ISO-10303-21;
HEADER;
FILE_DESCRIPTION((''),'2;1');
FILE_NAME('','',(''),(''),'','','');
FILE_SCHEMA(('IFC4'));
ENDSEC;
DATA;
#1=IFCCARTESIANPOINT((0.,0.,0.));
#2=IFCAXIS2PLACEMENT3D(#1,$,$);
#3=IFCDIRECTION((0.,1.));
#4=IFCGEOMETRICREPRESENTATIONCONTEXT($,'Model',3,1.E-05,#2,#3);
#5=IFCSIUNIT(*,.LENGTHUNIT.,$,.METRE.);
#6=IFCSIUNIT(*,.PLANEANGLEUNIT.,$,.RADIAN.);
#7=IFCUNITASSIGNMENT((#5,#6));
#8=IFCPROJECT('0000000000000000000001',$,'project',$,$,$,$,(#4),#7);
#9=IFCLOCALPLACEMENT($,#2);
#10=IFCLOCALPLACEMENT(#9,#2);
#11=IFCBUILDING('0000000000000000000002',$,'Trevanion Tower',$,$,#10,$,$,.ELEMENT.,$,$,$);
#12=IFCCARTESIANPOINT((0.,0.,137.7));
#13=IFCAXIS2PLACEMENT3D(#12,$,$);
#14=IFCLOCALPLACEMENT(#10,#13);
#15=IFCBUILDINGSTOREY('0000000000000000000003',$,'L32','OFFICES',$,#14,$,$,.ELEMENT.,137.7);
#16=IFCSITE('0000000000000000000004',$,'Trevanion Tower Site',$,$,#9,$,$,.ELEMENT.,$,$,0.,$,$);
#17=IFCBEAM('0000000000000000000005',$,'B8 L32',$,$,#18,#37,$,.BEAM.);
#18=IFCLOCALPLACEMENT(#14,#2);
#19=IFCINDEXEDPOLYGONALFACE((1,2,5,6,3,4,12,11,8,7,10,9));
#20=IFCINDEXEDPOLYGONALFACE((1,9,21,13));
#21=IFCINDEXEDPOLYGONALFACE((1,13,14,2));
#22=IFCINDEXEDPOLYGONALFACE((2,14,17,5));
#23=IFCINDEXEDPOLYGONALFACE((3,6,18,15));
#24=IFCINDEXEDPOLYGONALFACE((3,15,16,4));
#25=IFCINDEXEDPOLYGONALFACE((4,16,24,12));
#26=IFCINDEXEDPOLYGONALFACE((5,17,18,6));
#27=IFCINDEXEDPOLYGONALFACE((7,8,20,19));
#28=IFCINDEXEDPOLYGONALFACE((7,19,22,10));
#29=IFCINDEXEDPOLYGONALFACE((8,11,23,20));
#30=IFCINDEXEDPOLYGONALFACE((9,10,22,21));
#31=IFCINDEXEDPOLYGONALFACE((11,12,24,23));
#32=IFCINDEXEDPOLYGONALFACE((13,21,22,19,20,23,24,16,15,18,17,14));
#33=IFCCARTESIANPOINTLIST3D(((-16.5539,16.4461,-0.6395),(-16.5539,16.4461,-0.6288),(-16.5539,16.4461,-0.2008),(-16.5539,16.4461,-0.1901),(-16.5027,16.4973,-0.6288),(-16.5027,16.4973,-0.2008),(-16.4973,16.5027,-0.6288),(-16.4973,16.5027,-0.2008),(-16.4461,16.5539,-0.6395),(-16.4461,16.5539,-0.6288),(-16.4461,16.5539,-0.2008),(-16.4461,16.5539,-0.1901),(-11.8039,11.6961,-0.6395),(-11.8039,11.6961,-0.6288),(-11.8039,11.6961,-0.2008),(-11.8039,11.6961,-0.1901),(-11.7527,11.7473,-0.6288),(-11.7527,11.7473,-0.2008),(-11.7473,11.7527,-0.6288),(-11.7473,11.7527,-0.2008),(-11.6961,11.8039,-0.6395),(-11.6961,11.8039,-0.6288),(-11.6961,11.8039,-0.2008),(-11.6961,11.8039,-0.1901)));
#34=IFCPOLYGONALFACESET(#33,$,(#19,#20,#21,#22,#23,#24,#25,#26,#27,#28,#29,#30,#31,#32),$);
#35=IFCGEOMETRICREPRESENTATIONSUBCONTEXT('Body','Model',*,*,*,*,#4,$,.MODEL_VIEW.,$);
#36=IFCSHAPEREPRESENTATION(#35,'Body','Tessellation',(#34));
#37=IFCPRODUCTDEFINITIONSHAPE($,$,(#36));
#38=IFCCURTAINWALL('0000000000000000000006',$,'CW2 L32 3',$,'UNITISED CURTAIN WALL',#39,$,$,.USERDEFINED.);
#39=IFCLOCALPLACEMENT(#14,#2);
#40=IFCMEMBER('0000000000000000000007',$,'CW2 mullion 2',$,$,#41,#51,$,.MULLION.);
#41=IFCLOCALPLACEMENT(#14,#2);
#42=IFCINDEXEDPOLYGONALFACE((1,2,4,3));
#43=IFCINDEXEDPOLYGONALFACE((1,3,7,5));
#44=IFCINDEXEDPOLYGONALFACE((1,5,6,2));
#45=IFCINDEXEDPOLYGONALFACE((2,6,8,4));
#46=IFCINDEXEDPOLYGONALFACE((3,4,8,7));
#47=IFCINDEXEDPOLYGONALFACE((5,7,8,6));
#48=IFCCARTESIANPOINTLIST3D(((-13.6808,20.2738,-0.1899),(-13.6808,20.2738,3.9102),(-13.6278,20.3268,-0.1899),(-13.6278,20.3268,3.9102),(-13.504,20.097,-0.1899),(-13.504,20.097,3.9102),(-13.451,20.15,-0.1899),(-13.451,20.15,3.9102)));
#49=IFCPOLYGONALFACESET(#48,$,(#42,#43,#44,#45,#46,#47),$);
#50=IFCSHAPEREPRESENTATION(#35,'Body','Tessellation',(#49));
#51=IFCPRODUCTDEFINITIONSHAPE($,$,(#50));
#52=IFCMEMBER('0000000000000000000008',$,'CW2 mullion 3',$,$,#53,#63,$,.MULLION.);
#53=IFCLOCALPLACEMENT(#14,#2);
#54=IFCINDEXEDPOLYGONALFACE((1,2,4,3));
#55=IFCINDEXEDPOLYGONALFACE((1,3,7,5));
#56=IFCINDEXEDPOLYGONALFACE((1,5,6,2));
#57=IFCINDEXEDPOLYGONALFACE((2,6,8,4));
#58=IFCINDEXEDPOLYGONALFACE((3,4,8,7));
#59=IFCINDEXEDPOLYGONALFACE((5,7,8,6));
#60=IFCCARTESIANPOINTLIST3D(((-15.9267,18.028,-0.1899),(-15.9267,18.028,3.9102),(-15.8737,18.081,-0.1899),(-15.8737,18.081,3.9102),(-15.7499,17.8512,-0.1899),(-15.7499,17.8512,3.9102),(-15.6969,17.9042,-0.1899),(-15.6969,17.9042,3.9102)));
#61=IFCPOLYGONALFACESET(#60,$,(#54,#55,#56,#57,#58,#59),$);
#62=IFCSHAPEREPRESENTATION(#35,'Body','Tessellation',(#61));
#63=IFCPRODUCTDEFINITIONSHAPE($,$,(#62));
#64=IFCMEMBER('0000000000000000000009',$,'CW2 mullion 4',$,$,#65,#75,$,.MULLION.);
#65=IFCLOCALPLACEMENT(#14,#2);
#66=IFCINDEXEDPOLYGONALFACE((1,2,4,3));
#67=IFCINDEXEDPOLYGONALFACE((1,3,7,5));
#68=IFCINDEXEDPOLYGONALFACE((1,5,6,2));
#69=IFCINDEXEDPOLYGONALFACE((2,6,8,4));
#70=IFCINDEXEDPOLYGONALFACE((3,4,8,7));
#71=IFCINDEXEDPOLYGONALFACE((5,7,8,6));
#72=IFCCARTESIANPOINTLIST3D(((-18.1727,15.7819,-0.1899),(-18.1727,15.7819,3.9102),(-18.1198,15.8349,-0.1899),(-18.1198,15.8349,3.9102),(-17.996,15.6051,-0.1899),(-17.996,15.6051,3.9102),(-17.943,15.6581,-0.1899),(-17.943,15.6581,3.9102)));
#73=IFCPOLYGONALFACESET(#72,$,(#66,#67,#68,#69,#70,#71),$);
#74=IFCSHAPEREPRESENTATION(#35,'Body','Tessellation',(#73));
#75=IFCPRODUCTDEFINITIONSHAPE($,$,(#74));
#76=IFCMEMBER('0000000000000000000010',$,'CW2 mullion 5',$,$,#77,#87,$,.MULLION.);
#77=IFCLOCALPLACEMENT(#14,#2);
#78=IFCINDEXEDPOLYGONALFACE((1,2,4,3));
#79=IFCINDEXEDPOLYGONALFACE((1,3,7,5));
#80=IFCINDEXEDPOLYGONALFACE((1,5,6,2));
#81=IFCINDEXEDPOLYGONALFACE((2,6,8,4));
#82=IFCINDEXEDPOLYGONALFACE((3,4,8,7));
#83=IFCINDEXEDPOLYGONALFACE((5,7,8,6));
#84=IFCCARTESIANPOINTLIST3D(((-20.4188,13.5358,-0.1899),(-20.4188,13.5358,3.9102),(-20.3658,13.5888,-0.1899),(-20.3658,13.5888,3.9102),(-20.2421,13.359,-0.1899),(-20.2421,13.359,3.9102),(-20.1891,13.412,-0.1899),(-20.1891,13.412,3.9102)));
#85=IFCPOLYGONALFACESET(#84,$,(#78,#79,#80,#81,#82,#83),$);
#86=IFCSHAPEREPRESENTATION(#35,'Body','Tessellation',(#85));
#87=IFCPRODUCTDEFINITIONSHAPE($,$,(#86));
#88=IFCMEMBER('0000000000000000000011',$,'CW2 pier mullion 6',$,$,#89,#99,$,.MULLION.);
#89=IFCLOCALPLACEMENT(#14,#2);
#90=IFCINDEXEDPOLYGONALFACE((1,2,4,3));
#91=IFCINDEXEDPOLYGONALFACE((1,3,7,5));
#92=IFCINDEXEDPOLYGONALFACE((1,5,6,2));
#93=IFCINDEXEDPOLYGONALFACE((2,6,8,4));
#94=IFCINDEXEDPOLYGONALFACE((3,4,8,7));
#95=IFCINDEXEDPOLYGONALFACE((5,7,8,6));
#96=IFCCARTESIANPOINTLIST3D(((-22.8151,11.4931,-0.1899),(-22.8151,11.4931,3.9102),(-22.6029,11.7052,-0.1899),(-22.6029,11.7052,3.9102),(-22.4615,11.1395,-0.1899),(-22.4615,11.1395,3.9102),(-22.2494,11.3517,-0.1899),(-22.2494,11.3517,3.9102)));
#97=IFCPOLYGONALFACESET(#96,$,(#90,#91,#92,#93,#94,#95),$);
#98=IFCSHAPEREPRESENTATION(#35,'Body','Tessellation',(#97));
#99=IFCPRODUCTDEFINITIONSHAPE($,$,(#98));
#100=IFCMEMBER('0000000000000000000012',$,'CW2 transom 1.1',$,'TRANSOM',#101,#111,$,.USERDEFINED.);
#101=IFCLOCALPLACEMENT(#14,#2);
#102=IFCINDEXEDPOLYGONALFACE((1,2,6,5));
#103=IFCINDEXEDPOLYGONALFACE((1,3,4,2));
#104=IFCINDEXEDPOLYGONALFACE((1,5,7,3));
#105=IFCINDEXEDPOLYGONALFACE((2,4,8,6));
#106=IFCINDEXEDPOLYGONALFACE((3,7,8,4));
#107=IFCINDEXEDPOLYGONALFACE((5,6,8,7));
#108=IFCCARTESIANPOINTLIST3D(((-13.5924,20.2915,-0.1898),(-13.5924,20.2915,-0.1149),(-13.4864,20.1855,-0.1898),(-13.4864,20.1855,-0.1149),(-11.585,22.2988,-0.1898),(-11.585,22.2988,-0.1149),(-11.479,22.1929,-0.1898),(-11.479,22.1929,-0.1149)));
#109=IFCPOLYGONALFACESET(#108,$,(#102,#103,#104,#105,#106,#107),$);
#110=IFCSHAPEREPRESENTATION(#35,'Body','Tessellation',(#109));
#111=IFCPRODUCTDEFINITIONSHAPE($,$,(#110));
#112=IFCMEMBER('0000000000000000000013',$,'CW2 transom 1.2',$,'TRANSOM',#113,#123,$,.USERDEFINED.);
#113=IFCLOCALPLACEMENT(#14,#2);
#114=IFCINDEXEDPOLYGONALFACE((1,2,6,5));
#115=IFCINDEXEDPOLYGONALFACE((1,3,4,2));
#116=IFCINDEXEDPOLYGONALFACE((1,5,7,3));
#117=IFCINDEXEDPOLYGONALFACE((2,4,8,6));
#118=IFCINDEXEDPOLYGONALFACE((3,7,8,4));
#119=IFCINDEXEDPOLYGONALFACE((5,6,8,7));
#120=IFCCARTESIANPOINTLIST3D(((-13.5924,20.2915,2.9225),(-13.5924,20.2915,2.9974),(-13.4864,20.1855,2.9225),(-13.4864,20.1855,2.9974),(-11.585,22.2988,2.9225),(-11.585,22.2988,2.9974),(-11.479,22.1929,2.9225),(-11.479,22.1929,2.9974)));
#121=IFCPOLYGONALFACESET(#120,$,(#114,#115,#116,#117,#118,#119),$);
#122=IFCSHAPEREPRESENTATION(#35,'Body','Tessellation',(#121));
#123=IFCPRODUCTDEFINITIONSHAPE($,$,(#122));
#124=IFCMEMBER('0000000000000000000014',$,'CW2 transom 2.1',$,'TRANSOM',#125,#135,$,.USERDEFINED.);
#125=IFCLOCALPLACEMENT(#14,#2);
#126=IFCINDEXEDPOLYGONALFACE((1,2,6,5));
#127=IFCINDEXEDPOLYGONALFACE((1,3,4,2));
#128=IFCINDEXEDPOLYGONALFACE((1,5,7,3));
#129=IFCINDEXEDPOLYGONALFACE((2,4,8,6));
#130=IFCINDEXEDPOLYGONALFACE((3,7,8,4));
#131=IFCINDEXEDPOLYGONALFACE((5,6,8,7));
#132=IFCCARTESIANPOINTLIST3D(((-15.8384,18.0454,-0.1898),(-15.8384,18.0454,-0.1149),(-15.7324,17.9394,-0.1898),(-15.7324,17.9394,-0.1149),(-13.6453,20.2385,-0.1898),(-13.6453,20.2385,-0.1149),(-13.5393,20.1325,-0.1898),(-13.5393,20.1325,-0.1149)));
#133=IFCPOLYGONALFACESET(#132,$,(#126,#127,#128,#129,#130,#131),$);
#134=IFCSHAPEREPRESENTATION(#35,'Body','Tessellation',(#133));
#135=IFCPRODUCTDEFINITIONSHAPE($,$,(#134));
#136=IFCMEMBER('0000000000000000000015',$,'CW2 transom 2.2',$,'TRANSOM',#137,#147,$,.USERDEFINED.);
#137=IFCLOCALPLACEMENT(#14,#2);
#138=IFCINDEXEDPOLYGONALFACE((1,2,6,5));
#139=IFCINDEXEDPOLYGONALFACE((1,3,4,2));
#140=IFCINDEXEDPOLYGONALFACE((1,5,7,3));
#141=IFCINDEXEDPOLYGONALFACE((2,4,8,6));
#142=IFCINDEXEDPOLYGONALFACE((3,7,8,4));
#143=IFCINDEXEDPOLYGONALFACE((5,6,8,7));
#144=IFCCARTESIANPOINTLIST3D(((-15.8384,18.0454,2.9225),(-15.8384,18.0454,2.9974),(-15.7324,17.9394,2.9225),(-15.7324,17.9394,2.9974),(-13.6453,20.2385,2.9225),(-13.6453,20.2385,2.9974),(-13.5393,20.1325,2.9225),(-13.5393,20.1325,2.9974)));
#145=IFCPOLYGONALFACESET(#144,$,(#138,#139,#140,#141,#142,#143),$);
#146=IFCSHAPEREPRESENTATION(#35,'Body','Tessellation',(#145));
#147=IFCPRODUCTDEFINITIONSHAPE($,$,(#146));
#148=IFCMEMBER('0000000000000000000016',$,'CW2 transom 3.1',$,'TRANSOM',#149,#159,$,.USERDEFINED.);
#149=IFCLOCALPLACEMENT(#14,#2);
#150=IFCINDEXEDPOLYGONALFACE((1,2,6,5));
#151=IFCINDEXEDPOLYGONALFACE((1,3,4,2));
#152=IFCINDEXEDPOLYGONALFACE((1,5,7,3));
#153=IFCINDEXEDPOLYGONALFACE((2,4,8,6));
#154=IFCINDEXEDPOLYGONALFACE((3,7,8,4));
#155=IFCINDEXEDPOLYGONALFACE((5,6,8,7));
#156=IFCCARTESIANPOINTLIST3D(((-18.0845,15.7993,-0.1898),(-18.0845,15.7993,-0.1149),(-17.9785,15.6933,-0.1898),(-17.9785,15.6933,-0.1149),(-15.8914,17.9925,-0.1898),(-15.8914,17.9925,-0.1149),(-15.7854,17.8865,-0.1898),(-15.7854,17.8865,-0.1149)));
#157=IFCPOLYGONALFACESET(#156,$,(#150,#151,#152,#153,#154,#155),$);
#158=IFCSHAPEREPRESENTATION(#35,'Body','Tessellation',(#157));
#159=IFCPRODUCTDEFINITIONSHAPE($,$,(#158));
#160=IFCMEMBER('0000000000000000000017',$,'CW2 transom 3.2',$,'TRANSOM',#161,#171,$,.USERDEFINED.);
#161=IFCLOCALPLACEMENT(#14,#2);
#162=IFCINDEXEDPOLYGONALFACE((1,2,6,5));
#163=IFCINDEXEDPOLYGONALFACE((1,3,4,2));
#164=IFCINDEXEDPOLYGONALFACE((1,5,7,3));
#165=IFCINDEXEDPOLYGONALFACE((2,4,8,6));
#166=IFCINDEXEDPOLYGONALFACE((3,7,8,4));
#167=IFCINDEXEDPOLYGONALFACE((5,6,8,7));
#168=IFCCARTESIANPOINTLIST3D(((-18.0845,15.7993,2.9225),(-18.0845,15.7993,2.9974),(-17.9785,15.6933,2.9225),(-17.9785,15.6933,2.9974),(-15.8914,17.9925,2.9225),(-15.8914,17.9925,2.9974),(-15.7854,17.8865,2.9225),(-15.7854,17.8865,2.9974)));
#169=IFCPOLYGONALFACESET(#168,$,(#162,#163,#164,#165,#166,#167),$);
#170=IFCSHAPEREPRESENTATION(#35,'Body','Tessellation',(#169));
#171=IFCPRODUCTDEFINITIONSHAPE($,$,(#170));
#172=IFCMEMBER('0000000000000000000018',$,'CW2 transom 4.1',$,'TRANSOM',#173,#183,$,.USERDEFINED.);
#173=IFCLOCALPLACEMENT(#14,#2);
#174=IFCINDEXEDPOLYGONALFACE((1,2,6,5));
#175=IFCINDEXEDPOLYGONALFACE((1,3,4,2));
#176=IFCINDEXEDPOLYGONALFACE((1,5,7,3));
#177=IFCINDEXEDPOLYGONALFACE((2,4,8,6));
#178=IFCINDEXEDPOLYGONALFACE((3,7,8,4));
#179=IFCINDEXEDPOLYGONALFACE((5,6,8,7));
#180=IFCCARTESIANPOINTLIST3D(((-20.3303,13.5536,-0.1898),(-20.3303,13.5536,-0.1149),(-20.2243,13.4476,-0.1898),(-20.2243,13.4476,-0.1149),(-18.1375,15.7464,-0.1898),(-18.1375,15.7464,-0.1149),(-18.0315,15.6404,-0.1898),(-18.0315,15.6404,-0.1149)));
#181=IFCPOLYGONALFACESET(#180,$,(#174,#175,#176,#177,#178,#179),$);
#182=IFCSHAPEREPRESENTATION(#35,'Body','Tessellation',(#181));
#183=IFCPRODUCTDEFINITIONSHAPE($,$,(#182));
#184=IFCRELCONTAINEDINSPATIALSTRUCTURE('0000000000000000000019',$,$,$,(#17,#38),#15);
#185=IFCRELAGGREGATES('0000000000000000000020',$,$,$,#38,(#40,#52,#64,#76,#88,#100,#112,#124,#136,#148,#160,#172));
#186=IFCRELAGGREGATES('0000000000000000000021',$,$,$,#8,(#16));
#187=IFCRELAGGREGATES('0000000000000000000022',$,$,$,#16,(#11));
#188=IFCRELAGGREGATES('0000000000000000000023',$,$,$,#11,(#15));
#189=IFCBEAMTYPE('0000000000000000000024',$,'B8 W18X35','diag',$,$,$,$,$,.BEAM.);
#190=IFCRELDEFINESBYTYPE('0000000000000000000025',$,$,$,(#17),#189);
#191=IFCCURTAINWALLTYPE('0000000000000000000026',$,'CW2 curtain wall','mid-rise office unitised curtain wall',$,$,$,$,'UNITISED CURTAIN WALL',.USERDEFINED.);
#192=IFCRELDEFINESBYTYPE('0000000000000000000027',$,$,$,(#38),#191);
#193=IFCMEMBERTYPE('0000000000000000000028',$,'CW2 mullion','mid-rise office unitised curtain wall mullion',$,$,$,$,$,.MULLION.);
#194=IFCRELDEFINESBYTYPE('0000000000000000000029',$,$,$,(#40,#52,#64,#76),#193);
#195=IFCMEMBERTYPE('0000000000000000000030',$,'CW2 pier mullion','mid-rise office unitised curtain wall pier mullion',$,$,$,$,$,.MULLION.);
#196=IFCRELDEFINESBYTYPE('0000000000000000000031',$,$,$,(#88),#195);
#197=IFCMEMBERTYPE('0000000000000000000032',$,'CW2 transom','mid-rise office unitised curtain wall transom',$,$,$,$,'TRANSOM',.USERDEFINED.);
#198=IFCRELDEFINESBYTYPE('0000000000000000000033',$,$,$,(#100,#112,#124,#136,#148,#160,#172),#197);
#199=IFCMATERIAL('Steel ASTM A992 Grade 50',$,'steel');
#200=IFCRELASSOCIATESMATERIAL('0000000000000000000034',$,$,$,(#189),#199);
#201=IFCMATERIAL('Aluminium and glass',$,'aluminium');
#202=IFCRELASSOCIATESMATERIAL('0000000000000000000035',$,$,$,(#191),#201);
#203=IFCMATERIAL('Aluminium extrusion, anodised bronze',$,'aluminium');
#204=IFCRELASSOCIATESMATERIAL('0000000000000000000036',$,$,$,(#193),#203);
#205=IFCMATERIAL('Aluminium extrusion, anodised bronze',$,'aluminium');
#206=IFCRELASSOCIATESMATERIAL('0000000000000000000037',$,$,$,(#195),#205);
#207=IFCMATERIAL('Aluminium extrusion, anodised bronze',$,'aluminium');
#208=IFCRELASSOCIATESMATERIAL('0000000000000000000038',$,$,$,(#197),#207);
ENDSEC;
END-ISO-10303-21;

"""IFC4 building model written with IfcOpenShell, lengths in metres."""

from ifc_helpers import new_model, si_unit, direction, frame, origin, origin_2d, place, context, subcontext, project, spatial, rectangle, i_section, extrude, material, material_profile, profile_set, type_object, element, aggregate, save


model = new_model("IFC4")

# Units and contexts
model_context = context("Model", 3, precision=1e-05, world=origin(), true_north=direction((0.0, 1.0)))
body_context = subcontext(model_context, "Body", "Model", "MODEL_VIEW")
ifc_project = project(units=[si_unit("LENGTHUNIT", "METRE"), si_unit("PLANEANGLEUNIT", "RADIAN")], contexts=[model_context])

# Site, building, storey
site_placement = place(None, origin())
site = spatial("IfcSite", under=ifc_project, at=site_placement, Name="Trevanion Tower Site", CompositionType="ELEMENT", RefElevation=0.0)
building_placement = place(site_placement, origin())
building = spatial("IfcBuilding", under=site, at=building_placement, Name="Trevanion Tower", CompositionType="ELEMENT")
storey_placement = place(building_placement, frame((0.0, 0.0, 137.7)))
storey = spatial("IfcBuildingStorey", under=building, at=storey_placement, Name="L32", Description="OFFICES", CompositionType="ELEMENT", Elevation=137.7)

# Beam
ifc_material_1 = material(Name="Steel ASTM A992 Grade 50", Category="steel")
ifc_material_profile_1 = material_profile(ifc_material_1, i_section(OverallWidth=0.1523, OverallDepth=0.4495, WebThickness=0.0076, FlangeThickness=0.0107, at=origin_2d()), Name="W18X35")
ifc_profile_set_1 = profile_set([ifc_material_profile_1], Name="Steel ASTM A992 Grade 50")
beam_type_1 = type_object("IfcBeamType", Name="B8 W18X35", Description="diag", PredefinedType="BEAM", material=ifc_profile_set_1)
beam_1_placement = place(storey_placement, frame((-11.75, 11.75, -0.4148), z_axis=(-0.707107, 0.707107, 0.0), x_axis=(-0.707107, -0.707107, 0.0)))
element("IfcBeam", 1, at=beam_1_placement, inside=storey, type_object=beam_type_1, Name="B8 L32", PredefinedType="BEAM", context=body_context, shape_type="SweptSolid", body=[
    extrude(i_section(OverallWidth=0.1523, OverallDepth=0.4495, WebThickness=0.0076, FlangeThickness=0.0107, at=origin_2d()), origin(), (0.0, 0.0, 1.0), 6.7175),
])

# Curtain wall, members
ifc_material_2 = material(Name="Aluminium and glass", Category="aluminium")
curtain_wall_type = type_object("IfcCurtainWallType", Name="CW2 curtain wall", Description="mid-rise office unitised curtain wall", ElementType="UNITISED CURTAIN WALL", PredefinedType="USERDEFINED", material=ifc_material_2)
curtain_wall_placement = place(storey_placement, origin())
curtain_wall = element("IfcCurtainWall", 2, at=curtain_wall_placement, inside=storey, type_object=curtain_wall_type, Name="CW2 L32 3", ObjectType="UNITISED CURTAIN WALL", PredefinedType="USERDEFINED")
ifc_material_3 = material(Name="Aluminium extrusion, anodised bronze", Category="aluminium")
ifc_material_profile_2 = material_profile(ifc_material_3, rectangle(XDim=0.075, YDim=0.25, at=origin_2d()), Name="CW2 mullion")
ifc_profile_set_2 = profile_set([ifc_material_profile_2], Name="Aluminium extrusion, anodised bronze")
member_type_1 = type_object("IfcMemberType", Name="CW2 mullion", Description="mid-rise office unitised curtain wall mullion", PredefinedType="MULLION", material=ifc_profile_set_2)
member_1_placement = place(storey_placement, frame((-13.5659, 20.2119, -0.1899), z_axis=(0.0, 0.0, 1.0), x_axis=(-0.707107, -0.707107, 0.0)))
member_1 = element("IfcMember", 3, at=member_1_placement, type_object=member_type_1, Name="CW2 mullion 2", PredefinedType="MULLION", context=body_context, shape_type="SweptSolid", body=[
    extrude(rectangle(XDim=0.075, YDim=0.25, at=origin_2d()), origin(), (0.0, 0.0, 1.0), 4.1001),
])
member_2_placement = place(storey_placement, frame((-15.8118, 17.9661, -0.1899), z_axis=(0.0, 0.0, 1.0), x_axis=(-0.707107, -0.707107, 0.0)))
member_2 = element("IfcMember", 4, at=member_2_placement, type_object=member_type_1, Name="CW2 mullion 3", PredefinedType="MULLION", context=body_context, shape_type="SweptSolid", body=[
    extrude(rectangle(XDim=0.075, YDim=0.25, at=origin_2d()), origin(), (0.0, 0.0, 1.0), 4.1001),
])
member_3_placement = place(storey_placement, frame((-18.0579, 15.72, -0.1899), z_axis=(0.0, 0.0, 1.0), x_axis=(-0.707107, -0.707107, 0.0)))
member_3 = element("IfcMember", 5, at=member_3_placement, type_object=member_type_1, Name="CW2 mullion 4", PredefinedType="MULLION", context=body_context, shape_type="SweptSolid", body=[
    extrude(rectangle(XDim=0.075, YDim=0.25, at=origin_2d()), origin(), (0.0, 0.0, 1.0), 4.1001),
])
member_4_placement = place(storey_placement, frame((-20.304, 13.4739, -0.1899), z_axis=(0.0, 0.0, 1.0), x_axis=(-0.707107, -0.707107, 0.0)))
member_4 = element("IfcMember", 6, at=member_4_placement, type_object=member_type_1, Name="CW2 mullion 5", PredefinedType="MULLION", context=body_context, shape_type="SweptSolid", body=[
    extrude(rectangle(XDim=0.075, YDim=0.25, at=origin_2d()), origin(), (0.0, 0.0, 1.0), 4.1001),
])
ifc_material_4 = material(Name="Aluminium extrusion, anodised bronze", Category="aluminium")
ifc_material_profile_3 = material_profile(ifc_material_4, rectangle(XDim=0.3, YDim=0.5, at=origin_2d()), Name="CW2 pier mullion")
ifc_profile_set_3 = profile_set([ifc_material_profile_3], Name="Aluminium extrusion, anodised bronze")
member_type_2 = type_object("IfcMemberType", Name="CW2 pier mullion", Description="mid-rise office unitised curtain wall pier mullion", PredefinedType="MULLION", material=ifc_profile_set_3)
member_5_placement = place(storey_placement, frame((-22.5322, 11.4224, -0.1899), z_axis=(0.0, 0.0, 1.0), x_axis=(-0.707107, -0.707107, 0.0)))
member_5 = element("IfcMember", 7, at=member_5_placement, type_object=member_type_2, Name="CW2 pier mullion 6", PredefinedType="MULLION", context=body_context, shape_type="SweptSolid", body=[
    extrude(rectangle(XDim=0.3, YDim=0.5, at=origin_2d()), origin(), (0.0, 0.0, 1.0), 4.1001),
])
ifc_material_5 = material(Name="Aluminium extrusion, anodised bronze", Category="aluminium")
ifc_material_profile_4 = material_profile(ifc_material_5, rectangle(XDim=0.1499, YDim=0.075, at=origin_2d()), Name="CW2 transom")
ifc_profile_set_4 = profile_set([ifc_material_profile_4], Name="Aluminium extrusion, anodised bronze")
member_type_3 = type_object("IfcMemberType", Name="CW2 transom", Description="mid-rise office unitised curtain wall transom", ElementType="TRANSOM", PredefinedType="USERDEFINED", material=ifc_profile_set_4)
member_6_placement = place(storey_placement, frame((-11.532, 22.2458, -0.1523), z_axis=(-0.707107, -0.707107, 0.0), x_axis=(0.707107, -0.707107, 0.0)))
member_6 = element("IfcMember", 8, at=member_6_placement, type_object=member_type_3, Name="CW2 transom 1.1", ObjectType="TRANSOM", PredefinedType="USERDEFINED", context=body_context, shape_type="SweptSolid", body=[
    extrude(rectangle(XDim=0.1499, YDim=0.075, at=origin_2d()), origin(), (0.0, 0.0, 1.0), 2.8389),
])
member_7_placement = place(storey_placement, frame((-11.532, 22.2458, 2.96), z_axis=(-0.707107, -0.707107, 0.0), x_axis=(0.707107, -0.707107, 0.0)))
member_7 = element("IfcMember", 9, at=member_7_placement, type_object=member_type_3, Name="CW2 transom 1.2", ObjectType="TRANSOM", PredefinedType="USERDEFINED", context=body_context, shape_type="SweptSolid", body=[
    extrude(rectangle(XDim=0.1499, YDim=0.075, at=origin_2d()), origin(), (0.0, 0.0, 1.0), 2.8389),
])
member_8_placement = place(storey_placement, frame((-13.5923, 20.1855, -0.1523), z_axis=(-0.707107, -0.707107, 0.0), x_axis=(0.707107, -0.707107, 0.0)))
member_8 = element("IfcMember", 10, at=member_8_placement, type_object=member_type_3, Name="CW2 transom 2.1", ObjectType="TRANSOM", PredefinedType="USERDEFINED", context=body_context, shape_type="SweptSolid", body=[
    extrude(rectangle(XDim=0.1499, YDim=0.075, at=origin_2d()), origin(), (0.0, 0.0, 1.0), 3.1016),
])
member_9_placement = place(storey_placement, frame((-13.5923, 20.1855, 2.96), z_axis=(-0.707107, -0.707107, 0.0), x_axis=(0.707107, -0.707107, 0.0)))
member_9 = element("IfcMember", 11, at=member_9_placement, type_object=member_type_3, Name="CW2 transom 2.2", ObjectType="TRANSOM", PredefinedType="USERDEFINED", context=body_context, shape_type="SweptSolid", body=[
    extrude(rectangle(XDim=0.1499, YDim=0.075, at=origin_2d()), origin(), (0.0, 0.0, 1.0), 3.1016),
])
member_10_placement = place(storey_placement, frame((-15.8384, 17.9395, -0.1523), z_axis=(-0.707107, -0.707107, 0.0), x_axis=(0.707107, -0.707107, 0.0)))
member_10 = element("IfcMember", 12, at=member_10_placement, type_object=member_type_3, Name="CW2 transom 3.1", ObjectType="TRANSOM", PredefinedType="USERDEFINED", context=body_context, shape_type="SweptSolid", body=[
    extrude(rectangle(XDim=0.1499, YDim=0.075, at=origin_2d()), origin(), (0.0, 0.0, 1.0), 3.1016),
])
member_11_placement = place(storey_placement, frame((-15.8384, 17.9395, 2.96), z_axis=(-0.707107, -0.707107, 0.0), x_axis=(0.707107, -0.707107, 0.0)))
member_11 = element("IfcMember", 13, at=member_11_placement, type_object=member_type_3, Name="CW2 transom 3.2", ObjectType="TRANSOM", PredefinedType="USERDEFINED", context=body_context, shape_type="SweptSolid", body=[
    extrude(rectangle(XDim=0.1499, YDim=0.075, at=origin_2d()), origin(), (0.0, 0.0, 1.0), 3.1016),
])
member_12_placement = place(storey_placement, frame((-18.0845, 15.6934, -0.1523), z_axis=(-0.707107, -0.707107, 0.0), x_axis=(0.707107, -0.707107, 0.0)))
member_12 = element("IfcMember", 14, at=member_12_placement, type_object=member_type_3, Name="CW2 transom 4.1", ObjectType="TRANSOM", PredefinedType="USERDEFINED", context=body_context, shape_type="SweptSolid", body=[
    extrude(rectangle(XDim=0.1499, YDim=0.075, at=origin_2d()), origin(), (0.0, 0.0, 1.0), 3.1011),
])

aggregate(curtain_wall, [member_1, member_2, member_3, member_4, member_5, member_6, member_7, member_8, member_9, member_10, member_11, member_12])

save(model, "model.ifc")
